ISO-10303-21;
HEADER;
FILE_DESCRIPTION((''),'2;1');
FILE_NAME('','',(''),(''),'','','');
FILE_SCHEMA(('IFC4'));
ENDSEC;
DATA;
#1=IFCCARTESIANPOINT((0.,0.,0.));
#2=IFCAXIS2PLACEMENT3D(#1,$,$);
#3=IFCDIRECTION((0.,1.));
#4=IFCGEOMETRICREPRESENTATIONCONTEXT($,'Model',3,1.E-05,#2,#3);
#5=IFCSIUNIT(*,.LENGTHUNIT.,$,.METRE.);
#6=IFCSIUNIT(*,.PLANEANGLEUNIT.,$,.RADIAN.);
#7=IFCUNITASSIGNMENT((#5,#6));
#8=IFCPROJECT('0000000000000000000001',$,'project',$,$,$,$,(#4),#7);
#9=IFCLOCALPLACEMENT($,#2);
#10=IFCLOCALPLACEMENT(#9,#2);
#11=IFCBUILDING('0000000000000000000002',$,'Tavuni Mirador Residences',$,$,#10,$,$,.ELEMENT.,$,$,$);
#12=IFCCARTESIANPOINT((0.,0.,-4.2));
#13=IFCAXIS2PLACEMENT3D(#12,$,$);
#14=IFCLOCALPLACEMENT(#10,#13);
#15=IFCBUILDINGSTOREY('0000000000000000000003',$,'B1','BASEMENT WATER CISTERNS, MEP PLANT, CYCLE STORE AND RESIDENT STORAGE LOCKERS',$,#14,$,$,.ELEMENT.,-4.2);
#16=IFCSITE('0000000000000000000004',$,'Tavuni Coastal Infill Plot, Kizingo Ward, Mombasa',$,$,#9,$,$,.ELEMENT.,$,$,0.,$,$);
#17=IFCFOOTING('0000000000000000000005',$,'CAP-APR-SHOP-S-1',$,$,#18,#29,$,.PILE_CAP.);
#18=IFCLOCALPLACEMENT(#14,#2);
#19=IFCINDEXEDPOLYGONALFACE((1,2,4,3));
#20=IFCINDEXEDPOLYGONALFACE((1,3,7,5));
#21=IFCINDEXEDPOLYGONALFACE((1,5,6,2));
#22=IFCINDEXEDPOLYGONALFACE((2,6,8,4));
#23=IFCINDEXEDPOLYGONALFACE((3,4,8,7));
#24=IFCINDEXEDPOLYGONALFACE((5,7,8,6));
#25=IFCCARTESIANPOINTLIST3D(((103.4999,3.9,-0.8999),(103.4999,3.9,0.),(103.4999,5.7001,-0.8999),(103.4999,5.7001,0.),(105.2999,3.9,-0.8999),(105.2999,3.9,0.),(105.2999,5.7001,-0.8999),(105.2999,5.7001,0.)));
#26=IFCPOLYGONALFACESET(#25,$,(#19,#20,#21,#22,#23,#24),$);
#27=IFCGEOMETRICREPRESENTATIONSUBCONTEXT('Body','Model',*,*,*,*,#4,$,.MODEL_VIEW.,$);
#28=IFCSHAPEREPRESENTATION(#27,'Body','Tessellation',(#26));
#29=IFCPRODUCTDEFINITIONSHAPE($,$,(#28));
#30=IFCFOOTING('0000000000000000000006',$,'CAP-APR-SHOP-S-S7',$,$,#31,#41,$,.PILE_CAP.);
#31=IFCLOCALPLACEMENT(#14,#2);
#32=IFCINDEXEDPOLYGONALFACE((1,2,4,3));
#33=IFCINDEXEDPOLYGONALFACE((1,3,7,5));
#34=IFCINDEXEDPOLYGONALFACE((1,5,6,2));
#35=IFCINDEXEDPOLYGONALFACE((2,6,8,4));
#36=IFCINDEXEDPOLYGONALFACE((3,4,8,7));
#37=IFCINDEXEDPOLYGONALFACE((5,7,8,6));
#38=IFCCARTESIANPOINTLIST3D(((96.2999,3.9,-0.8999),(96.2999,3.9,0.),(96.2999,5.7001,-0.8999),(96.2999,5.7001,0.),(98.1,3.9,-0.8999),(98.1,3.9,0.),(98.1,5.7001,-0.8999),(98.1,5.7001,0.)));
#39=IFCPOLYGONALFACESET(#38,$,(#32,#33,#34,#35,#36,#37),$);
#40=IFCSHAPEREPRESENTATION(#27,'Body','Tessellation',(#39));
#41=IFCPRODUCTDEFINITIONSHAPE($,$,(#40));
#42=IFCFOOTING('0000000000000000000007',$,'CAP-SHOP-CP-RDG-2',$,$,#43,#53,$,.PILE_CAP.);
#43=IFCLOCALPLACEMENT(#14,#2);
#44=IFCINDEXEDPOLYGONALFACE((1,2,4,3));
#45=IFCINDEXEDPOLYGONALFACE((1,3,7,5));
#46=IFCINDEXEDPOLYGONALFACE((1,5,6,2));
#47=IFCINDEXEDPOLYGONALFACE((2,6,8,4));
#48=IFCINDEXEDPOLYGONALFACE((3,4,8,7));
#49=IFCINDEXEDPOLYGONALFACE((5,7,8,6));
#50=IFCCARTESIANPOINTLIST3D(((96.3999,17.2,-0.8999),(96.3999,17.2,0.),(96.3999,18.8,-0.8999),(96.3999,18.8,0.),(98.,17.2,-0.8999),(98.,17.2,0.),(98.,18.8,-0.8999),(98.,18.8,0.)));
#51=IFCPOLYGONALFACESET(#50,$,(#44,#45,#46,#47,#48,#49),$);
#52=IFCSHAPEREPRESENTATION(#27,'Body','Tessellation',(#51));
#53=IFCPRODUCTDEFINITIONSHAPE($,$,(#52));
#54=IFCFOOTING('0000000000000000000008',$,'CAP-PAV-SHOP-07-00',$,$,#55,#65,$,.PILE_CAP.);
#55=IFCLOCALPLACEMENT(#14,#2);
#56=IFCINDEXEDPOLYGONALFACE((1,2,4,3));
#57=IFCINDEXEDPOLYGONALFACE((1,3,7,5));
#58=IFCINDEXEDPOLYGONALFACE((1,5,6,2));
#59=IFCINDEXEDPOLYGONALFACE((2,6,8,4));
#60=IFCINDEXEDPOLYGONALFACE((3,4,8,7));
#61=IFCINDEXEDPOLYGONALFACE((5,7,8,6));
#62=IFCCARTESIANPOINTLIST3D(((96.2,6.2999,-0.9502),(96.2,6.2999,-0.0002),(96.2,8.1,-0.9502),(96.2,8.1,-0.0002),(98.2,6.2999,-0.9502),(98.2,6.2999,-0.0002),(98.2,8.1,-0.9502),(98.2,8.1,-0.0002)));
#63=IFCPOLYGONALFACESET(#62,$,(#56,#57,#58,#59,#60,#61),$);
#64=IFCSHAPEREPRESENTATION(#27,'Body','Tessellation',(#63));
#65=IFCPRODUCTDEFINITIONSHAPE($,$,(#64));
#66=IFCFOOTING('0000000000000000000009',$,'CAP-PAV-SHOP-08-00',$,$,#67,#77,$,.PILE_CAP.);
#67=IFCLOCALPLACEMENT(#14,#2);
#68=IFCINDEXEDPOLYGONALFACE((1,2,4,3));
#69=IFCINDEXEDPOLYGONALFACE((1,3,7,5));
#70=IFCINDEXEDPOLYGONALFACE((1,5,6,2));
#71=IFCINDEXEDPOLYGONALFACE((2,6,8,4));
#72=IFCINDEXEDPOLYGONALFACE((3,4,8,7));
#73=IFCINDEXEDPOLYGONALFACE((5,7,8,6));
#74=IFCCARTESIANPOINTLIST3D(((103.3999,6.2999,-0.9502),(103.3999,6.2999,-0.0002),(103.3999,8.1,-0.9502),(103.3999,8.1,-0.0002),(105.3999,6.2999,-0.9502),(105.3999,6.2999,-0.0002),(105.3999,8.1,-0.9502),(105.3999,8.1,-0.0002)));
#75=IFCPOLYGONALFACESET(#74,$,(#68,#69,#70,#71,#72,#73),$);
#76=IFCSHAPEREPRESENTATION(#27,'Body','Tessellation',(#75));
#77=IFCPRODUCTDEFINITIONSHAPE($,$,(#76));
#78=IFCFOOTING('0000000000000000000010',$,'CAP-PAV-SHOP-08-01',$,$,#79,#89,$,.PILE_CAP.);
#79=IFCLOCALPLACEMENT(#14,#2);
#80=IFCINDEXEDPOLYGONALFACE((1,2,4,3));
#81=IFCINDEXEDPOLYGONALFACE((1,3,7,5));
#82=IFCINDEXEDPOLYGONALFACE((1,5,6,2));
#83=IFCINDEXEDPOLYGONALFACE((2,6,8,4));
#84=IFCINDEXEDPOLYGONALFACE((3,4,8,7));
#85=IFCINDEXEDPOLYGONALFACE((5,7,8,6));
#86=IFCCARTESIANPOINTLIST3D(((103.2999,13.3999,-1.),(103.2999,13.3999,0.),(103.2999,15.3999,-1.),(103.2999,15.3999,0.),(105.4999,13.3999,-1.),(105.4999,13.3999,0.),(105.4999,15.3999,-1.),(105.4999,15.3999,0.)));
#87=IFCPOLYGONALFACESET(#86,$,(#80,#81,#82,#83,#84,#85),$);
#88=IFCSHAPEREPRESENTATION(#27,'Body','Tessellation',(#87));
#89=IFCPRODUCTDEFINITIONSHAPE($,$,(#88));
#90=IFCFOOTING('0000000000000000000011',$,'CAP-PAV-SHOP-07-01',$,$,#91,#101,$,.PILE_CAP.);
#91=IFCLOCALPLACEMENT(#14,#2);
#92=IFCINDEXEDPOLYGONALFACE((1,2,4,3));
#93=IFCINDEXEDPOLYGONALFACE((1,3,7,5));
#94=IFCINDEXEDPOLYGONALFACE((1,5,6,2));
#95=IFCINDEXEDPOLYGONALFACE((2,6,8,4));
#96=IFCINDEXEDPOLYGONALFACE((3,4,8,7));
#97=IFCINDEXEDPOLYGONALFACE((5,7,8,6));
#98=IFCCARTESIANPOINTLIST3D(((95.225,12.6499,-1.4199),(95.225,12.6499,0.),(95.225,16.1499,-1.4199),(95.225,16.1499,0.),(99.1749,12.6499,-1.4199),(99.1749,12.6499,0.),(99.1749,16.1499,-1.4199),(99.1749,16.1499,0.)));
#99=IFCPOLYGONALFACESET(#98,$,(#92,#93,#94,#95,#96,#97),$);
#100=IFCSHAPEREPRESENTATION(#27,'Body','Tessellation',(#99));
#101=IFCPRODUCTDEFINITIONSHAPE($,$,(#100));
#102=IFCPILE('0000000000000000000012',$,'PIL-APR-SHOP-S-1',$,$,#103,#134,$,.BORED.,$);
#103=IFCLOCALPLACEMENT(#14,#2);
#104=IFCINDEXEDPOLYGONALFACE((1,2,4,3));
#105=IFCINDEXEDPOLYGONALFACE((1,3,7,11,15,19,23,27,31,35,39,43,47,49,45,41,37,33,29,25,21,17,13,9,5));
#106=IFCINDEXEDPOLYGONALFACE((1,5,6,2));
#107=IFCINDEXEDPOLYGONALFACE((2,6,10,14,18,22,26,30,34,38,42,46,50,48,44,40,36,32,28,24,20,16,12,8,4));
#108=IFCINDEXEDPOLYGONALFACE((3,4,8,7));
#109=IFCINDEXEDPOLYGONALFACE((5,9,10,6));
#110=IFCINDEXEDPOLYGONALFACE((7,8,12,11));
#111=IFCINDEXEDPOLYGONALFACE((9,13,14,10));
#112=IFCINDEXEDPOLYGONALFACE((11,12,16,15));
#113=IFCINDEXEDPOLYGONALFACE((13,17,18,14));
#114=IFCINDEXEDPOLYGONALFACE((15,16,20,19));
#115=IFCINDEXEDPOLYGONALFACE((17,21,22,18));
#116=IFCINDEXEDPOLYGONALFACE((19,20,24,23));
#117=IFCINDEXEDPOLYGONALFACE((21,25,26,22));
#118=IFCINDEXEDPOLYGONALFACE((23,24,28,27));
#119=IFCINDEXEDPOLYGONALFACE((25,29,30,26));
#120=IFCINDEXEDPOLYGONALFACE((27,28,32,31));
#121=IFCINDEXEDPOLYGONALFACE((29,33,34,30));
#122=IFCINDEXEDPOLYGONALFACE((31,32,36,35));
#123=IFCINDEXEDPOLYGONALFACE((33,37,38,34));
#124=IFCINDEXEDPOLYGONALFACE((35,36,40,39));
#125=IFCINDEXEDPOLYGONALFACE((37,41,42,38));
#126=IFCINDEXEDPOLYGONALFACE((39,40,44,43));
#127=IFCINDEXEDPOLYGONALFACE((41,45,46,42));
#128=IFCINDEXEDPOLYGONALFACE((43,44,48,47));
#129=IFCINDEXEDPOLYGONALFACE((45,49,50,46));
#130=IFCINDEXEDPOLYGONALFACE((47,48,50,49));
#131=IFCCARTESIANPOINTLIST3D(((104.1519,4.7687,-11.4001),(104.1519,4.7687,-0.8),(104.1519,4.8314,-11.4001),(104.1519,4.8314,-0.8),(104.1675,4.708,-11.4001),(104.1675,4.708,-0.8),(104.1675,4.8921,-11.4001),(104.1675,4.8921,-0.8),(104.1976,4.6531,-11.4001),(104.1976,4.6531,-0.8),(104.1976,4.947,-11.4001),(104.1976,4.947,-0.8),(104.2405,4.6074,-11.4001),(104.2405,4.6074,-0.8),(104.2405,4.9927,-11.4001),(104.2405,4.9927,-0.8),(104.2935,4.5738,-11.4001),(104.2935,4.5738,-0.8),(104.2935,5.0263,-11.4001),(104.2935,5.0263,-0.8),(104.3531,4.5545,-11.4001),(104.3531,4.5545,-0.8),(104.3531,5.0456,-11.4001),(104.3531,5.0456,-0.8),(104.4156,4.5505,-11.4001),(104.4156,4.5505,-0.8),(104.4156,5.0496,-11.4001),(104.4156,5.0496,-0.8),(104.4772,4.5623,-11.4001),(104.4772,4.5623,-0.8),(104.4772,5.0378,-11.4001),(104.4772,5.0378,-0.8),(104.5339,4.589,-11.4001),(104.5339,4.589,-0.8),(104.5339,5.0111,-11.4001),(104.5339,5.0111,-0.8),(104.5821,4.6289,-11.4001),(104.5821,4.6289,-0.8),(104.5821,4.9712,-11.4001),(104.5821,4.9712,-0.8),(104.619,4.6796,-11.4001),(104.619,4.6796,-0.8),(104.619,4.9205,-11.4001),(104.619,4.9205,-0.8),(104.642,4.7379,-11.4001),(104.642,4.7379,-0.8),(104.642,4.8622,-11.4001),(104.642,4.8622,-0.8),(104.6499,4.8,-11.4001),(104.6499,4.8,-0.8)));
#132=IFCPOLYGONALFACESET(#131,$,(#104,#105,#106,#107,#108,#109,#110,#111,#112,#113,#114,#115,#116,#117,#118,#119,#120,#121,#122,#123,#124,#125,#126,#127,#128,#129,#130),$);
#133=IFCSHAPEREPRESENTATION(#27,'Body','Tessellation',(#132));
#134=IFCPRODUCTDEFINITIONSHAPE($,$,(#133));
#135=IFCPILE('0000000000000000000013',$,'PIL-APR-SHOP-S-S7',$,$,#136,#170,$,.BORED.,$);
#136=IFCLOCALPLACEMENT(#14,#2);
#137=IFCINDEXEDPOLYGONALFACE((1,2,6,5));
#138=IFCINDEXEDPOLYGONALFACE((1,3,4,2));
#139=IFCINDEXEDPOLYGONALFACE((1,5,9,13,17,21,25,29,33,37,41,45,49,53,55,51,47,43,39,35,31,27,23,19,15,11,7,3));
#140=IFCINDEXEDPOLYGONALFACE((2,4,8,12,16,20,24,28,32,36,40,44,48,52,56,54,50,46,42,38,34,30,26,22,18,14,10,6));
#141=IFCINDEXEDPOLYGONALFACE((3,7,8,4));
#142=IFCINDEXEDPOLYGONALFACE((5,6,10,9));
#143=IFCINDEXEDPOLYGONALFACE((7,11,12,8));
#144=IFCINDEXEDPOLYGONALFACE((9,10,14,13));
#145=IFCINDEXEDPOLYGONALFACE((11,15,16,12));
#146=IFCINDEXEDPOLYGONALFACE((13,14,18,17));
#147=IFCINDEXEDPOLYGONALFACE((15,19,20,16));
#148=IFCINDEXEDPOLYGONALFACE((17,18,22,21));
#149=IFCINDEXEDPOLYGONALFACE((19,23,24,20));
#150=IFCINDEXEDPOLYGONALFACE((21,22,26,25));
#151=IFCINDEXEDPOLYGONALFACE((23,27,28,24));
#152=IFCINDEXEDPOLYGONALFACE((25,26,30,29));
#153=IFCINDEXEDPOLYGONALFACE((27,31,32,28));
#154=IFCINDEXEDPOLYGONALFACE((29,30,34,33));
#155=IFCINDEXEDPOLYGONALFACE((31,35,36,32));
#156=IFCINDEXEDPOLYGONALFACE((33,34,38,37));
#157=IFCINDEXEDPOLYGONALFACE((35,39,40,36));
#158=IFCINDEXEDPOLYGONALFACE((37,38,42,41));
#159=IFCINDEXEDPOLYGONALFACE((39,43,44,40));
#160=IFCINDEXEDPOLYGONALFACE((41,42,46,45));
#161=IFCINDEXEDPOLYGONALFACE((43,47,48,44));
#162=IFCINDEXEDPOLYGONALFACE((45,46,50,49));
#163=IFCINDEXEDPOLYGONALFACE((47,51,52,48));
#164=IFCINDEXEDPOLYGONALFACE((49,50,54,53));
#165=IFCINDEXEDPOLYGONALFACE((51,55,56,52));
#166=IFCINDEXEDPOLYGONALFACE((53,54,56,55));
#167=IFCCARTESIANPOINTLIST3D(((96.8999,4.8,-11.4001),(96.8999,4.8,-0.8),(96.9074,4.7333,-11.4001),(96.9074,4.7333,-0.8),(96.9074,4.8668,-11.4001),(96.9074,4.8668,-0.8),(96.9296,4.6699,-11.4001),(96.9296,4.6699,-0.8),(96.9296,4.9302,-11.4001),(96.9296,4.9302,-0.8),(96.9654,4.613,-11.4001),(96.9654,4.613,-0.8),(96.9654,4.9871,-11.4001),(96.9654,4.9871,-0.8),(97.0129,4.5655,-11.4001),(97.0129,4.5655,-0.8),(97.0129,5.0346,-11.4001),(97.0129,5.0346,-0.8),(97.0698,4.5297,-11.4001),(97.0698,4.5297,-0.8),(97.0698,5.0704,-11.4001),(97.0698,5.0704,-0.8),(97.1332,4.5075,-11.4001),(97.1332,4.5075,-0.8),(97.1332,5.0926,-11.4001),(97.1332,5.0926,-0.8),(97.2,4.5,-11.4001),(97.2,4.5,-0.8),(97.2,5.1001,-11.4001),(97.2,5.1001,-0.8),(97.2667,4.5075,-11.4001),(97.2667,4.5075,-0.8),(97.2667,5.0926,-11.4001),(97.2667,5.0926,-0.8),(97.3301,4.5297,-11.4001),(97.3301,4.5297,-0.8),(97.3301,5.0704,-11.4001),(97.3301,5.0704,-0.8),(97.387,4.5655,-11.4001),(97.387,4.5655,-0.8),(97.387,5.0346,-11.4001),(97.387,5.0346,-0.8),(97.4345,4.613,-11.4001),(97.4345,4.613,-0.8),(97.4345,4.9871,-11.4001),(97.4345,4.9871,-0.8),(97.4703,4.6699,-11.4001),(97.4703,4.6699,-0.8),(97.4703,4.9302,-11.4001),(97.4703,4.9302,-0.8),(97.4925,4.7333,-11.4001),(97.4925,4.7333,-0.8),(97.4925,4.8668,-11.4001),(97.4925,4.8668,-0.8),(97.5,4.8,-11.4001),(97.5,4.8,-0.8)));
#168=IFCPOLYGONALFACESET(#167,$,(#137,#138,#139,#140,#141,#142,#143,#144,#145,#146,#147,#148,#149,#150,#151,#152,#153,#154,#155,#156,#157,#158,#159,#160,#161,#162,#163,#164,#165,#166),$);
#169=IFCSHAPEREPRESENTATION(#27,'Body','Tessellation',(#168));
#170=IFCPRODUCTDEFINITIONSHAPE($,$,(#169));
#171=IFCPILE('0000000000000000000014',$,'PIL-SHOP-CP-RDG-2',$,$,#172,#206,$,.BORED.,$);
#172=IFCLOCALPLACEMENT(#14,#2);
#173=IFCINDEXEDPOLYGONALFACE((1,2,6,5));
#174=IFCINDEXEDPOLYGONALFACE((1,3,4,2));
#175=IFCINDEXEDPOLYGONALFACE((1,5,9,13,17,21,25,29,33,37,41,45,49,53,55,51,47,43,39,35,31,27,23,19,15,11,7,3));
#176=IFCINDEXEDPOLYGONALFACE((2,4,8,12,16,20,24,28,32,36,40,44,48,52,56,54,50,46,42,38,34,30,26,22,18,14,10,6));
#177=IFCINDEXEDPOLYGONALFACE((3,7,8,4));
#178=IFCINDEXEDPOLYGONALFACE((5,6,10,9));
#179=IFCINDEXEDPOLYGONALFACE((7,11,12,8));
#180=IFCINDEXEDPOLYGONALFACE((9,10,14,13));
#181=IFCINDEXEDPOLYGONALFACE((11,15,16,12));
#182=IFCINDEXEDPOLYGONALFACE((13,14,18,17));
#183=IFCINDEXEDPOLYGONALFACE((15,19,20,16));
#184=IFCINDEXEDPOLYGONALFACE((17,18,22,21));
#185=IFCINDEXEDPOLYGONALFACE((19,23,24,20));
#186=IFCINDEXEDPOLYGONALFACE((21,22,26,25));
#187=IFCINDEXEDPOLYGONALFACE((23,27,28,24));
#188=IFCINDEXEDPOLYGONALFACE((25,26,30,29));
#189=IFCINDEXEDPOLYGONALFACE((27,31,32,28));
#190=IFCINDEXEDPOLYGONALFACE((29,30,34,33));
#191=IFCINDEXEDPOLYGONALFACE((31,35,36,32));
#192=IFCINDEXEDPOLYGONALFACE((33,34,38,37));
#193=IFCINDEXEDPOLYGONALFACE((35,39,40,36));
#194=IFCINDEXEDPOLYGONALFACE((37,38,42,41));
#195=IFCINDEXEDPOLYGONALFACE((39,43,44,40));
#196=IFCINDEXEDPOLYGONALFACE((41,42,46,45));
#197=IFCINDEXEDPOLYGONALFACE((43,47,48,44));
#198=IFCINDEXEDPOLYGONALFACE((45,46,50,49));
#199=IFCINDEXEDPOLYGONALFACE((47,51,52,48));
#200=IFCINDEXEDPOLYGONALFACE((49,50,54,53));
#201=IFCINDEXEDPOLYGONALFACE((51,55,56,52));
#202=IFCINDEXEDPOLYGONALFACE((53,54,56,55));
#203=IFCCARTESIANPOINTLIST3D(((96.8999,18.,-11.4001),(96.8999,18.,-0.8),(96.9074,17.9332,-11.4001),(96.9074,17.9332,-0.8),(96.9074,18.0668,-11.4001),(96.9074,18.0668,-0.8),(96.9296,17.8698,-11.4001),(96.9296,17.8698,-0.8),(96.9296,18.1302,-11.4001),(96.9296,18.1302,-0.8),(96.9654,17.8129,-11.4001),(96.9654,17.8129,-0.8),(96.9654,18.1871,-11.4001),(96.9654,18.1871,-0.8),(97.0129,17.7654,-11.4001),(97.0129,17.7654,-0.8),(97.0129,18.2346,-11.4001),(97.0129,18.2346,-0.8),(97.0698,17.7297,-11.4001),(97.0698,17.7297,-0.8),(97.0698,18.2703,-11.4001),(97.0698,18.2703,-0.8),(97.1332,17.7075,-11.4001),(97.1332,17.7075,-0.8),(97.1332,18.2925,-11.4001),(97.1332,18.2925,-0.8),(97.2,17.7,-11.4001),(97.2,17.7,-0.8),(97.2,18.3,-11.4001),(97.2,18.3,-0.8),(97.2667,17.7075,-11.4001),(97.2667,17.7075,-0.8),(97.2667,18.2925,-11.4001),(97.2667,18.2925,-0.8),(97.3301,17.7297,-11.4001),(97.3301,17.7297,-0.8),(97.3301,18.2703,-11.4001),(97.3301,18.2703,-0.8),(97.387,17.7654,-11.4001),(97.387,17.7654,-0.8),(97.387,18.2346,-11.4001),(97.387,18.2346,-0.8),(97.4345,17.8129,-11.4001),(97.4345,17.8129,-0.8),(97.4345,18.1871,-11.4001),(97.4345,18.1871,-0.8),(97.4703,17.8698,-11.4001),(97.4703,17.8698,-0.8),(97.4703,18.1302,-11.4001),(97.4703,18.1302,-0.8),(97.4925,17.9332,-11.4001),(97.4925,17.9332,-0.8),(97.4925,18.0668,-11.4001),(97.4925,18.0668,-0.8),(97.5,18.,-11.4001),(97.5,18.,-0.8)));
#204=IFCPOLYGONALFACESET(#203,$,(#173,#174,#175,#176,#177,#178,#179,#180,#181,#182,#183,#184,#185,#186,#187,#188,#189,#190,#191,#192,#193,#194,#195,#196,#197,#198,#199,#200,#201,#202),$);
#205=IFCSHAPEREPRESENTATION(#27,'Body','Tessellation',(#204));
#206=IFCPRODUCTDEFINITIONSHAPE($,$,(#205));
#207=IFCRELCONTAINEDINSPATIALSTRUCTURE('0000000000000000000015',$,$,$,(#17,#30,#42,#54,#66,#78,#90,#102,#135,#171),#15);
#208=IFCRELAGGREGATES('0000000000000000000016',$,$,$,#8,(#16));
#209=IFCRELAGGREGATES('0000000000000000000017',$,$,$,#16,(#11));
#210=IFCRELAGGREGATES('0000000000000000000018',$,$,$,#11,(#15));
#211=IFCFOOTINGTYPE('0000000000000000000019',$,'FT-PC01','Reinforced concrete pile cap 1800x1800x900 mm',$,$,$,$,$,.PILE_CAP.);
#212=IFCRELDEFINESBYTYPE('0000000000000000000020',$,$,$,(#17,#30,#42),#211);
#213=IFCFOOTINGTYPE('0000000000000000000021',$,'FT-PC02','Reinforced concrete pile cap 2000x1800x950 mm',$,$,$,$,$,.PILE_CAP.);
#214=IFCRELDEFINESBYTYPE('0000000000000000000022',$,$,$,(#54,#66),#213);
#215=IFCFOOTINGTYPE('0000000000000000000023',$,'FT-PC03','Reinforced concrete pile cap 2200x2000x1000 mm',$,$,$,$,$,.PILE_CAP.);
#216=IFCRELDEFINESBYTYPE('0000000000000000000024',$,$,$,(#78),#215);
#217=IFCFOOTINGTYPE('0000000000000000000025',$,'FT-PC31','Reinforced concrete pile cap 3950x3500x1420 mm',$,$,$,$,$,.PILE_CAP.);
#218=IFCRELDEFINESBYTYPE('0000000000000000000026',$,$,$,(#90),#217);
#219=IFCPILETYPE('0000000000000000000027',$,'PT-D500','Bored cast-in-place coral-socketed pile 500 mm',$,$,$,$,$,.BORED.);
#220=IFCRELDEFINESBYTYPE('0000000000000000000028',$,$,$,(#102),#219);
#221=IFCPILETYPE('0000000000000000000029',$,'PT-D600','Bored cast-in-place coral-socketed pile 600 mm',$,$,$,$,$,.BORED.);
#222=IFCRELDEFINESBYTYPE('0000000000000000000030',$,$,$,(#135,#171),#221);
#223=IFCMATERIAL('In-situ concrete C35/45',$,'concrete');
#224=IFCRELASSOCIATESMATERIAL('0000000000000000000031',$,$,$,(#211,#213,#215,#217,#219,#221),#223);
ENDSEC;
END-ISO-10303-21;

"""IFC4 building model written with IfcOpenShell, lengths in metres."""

from ifc_helpers import new_model, si_unit, direction, frame, origin, origin_2d, place, context, subcontext, project, spatial, rectangle, circle, extrude, material, material_profile, profile_set, type_object, element, save


model = new_model("IFC4")

# Units and contexts
model_context = context("Model", 3, precision=1e-05, world=origin(), true_north=direction((0.0, 1.0)))
body_context = subcontext(model_context, "Body", "Model", "MODEL_VIEW")
ifc_project = project(units=[si_unit("LENGTHUNIT", "METRE"), si_unit("PLANEANGLEUNIT", "RADIAN")], contexts=[model_context])

# Site, building, storey
site_placement = place(None, origin())
site = spatial("IfcSite", under=ifc_project, at=site_placement, Name="Tavuni Coastal Infill Plot, Kizingo Ward, Mombasa", CompositionType="ELEMENT", RefElevation=0.0)
building_placement = place(site_placement, origin())
building = spatial("IfcBuilding", under=site, at=building_placement, Name="Tavuni Mirador Residences", CompositionType="ELEMENT")
storey_placement = place(building_placement, frame((0.0, 0.0, -4.2)))
storey = spatial("IfcBuildingStorey", under=building, at=storey_placement, Name="B1", Description="BASEMENT WATER CISTERNS, MEP PLANT, CYCLE STORE AND RESIDENT STORAGE LOCKERS", CompositionType="ELEMENT", Elevation=-4.2)

# Footings
ifc_material_1 = material(Name="In-situ concrete C35/45", Category="concrete")
footing_type_1 = type_object("IfcFootingType", Name="FT-PC01", Description="Reinforced concrete pile cap 1800x1800x900 mm", PredefinedType="PILE_CAP", material=ifc_material_1)
for number, where, z_axis, x_axis, name in (
    (1, (104.3999, 4.8, -0.8999), (0.0, 0.0, 1.0), (1.0, 0.0, 0.0), "CAP-APR-SHOP-S-1"),
    (2, (97.2, 4.8, -0.8999), (0.0, 0.0, 1.0), (1.0, 0.0, 0.0), "CAP-APR-SHOP-S-S7"),
):
    element("IfcFooting", number, at=place(storey_placement, frame(where, z_axis=z_axis, x_axis=x_axis)), inside=storey, type_object=footing_type_1, Name=name, PredefinedType="PILE_CAP", context=body_context, shape_type="SweptSolid", body=[
        extrude(rectangle(XDim=1.8, YDim=1.8, at=origin_2d()), origin(), (0.0, 0.0, 1.0), 0.8999),
    ])
footing_1_placement = place(storey_placement, frame((97.2, 18.0, -0.8999), z_axis=(0.0, 0.0, 1.0), x_axis=(1.0, 0.0, 0.0)))
element("IfcFooting", 3, at=footing_1_placement, inside=storey, type_object=footing_type_1, Name="CAP-SHOP-CP-RDG-2", PredefinedType="PILE_CAP", context=body_context, shape_type="SweptSolid", body=[
    extrude(rectangle(XDim=1.6001, YDim=1.6001, at=origin_2d()), origin(), (0.0, 0.0, 1.0), 0.8999),
])
footing_type_2 = type_object("IfcFootingType", Name="FT-PC02", Description="Reinforced concrete pile cap 2000x1800x950 mm", PredefinedType="PILE_CAP", material=ifc_material_1)
for number, where, z_axis, x_axis, name in (
    (4, (97.2, 7.2, -0.9502), (0.0, 0.0, 1.0), (1.0, 0.0, 0.0), "CAP-PAV-SHOP-07-00"),
    (5, (104.3999, 7.2, -0.9502), (0.0, 0.0, 1.0), (1.0, 0.0, 0.0), "CAP-PAV-SHOP-08-00"),
):
    element("IfcFooting", number, at=place(storey_placement, frame(where, z_axis=z_axis, x_axis=x_axis)), inside=storey, type_object=footing_type_2, Name=name, PredefinedType="PILE_CAP", context=body_context, shape_type="SweptSolid", body=[
        extrude(rectangle(XDim=2.0, YDim=1.8, at=origin_2d()), origin(), (0.0, 0.0, 1.0), 0.95),
    ])
footing_type_3 = type_object("IfcFootingType", Name="FT-PC03", Description="Reinforced concrete pile cap 2200x2000x1000 mm", PredefinedType="PILE_CAP", material=ifc_material_1)
footing_2_placement = place(storey_placement, frame((104.3999, 14.3999, -1.0), z_axis=(0.0, 0.0, 1.0), x_axis=(1.0, 0.0, 0.0)))
element("IfcFooting", 6, at=footing_2_placement, inside=storey, type_object=footing_type_3, Name="CAP-PAV-SHOP-08-01", PredefinedType="PILE_CAP", context=body_context, shape_type="SweptSolid", body=[
    extrude(rectangle(XDim=2.2, YDim=2.0, at=origin_2d()), origin(), (0.0, 0.0, 1.0), 1.0),
])
footing_type_4 = type_object("IfcFootingType", Name="FT-PC31", Description="Reinforced concrete pile cap 3950x3500x1420 mm", PredefinedType="PILE_CAP", material=ifc_material_1)
footing_3_placement = place(storey_placement, frame((97.2, 14.3999, -1.4199), z_axis=(0.0, 0.0, 1.0), x_axis=(1.0, 0.0, 0.0)))
element("IfcFooting", 7, at=footing_3_placement, inside=storey, type_object=footing_type_4, Name="CAP-PAV-SHOP-07-01", PredefinedType="PILE_CAP", context=body_context, shape_type="SweptSolid", body=[
    extrude(rectangle(XDim=3.95, YDim=3.5, at=origin_2d()), origin(), (0.0, 0.0, 1.0), 1.4199),
])

# Piles
ifc_material_profile_1 = material_profile(ifc_material_1, circle(Radius=0.25, at=origin_2d()), Name="PILE D500", Category="concrete")
ifc_profile_set_1 = profile_set([ifc_material_profile_1], Name="In-situ concrete C35/45")
pile_type_1 = type_object("IfcPileType", Name="PT-D500", Description="Bored cast-in-place coral-socketed pile 500 mm", PredefinedType="BORED", material=ifc_profile_set_1)
pile_1_placement = place(storey_placement, frame((104.3999, 4.8, -0.8), z_axis=(0.0, 0.0, -1.0), x_axis=(1.0, 0.0, 0.0)))
element("IfcPile", 8, at=pile_1_placement, inside=storey, type_object=pile_type_1, Name="PIL-APR-SHOP-S-1", PredefinedType="BORED", context=body_context, shape_type="SweptSolid", body=[
    extrude(circle(Radius=0.25, at=origin_2d()), origin(), (0.0, 0.0, 1.0), 10.6001),
])
ifc_material_profile_2 = material_profile(ifc_material_1, circle(Radius=0.3, at=origin_2d()), Name="PILE D600", Category="concrete")
ifc_profile_set_2 = profile_set([ifc_material_profile_2], Name="In-situ concrete C35/45")
pile_type_2 = type_object("IfcPileType", Name="PT-D600", Description="Bored cast-in-place coral-socketed pile 600 mm", PredefinedType="BORED", material=ifc_profile_set_2)
for number, where, z_axis, x_axis, name in (
    (9, (97.2, 4.8, -0.8), (0.0, 0.0, -1.0), (1.0, 0.0, 0.0), "PIL-APR-SHOP-S-S7"),
    (10, (97.2, 18.0, -0.8), (0.0, 0.0, -1.0), (1.0, 0.0, 0.0), "PIL-SHOP-CP-RDG-2"),
):
    element("IfcPile", number, at=place(storey_placement, frame(where, z_axis=z_axis, x_axis=x_axis)), inside=storey, type_object=pile_type_2, Name=name, PredefinedType="BORED", context=body_context, shape_type="SweptSolid", body=[
        extrude(circle(Radius=0.3, at=origin_2d()), origin(), (0.0, 0.0, 1.0), 10.6001),
    ])

save(model, "model.ifc")
